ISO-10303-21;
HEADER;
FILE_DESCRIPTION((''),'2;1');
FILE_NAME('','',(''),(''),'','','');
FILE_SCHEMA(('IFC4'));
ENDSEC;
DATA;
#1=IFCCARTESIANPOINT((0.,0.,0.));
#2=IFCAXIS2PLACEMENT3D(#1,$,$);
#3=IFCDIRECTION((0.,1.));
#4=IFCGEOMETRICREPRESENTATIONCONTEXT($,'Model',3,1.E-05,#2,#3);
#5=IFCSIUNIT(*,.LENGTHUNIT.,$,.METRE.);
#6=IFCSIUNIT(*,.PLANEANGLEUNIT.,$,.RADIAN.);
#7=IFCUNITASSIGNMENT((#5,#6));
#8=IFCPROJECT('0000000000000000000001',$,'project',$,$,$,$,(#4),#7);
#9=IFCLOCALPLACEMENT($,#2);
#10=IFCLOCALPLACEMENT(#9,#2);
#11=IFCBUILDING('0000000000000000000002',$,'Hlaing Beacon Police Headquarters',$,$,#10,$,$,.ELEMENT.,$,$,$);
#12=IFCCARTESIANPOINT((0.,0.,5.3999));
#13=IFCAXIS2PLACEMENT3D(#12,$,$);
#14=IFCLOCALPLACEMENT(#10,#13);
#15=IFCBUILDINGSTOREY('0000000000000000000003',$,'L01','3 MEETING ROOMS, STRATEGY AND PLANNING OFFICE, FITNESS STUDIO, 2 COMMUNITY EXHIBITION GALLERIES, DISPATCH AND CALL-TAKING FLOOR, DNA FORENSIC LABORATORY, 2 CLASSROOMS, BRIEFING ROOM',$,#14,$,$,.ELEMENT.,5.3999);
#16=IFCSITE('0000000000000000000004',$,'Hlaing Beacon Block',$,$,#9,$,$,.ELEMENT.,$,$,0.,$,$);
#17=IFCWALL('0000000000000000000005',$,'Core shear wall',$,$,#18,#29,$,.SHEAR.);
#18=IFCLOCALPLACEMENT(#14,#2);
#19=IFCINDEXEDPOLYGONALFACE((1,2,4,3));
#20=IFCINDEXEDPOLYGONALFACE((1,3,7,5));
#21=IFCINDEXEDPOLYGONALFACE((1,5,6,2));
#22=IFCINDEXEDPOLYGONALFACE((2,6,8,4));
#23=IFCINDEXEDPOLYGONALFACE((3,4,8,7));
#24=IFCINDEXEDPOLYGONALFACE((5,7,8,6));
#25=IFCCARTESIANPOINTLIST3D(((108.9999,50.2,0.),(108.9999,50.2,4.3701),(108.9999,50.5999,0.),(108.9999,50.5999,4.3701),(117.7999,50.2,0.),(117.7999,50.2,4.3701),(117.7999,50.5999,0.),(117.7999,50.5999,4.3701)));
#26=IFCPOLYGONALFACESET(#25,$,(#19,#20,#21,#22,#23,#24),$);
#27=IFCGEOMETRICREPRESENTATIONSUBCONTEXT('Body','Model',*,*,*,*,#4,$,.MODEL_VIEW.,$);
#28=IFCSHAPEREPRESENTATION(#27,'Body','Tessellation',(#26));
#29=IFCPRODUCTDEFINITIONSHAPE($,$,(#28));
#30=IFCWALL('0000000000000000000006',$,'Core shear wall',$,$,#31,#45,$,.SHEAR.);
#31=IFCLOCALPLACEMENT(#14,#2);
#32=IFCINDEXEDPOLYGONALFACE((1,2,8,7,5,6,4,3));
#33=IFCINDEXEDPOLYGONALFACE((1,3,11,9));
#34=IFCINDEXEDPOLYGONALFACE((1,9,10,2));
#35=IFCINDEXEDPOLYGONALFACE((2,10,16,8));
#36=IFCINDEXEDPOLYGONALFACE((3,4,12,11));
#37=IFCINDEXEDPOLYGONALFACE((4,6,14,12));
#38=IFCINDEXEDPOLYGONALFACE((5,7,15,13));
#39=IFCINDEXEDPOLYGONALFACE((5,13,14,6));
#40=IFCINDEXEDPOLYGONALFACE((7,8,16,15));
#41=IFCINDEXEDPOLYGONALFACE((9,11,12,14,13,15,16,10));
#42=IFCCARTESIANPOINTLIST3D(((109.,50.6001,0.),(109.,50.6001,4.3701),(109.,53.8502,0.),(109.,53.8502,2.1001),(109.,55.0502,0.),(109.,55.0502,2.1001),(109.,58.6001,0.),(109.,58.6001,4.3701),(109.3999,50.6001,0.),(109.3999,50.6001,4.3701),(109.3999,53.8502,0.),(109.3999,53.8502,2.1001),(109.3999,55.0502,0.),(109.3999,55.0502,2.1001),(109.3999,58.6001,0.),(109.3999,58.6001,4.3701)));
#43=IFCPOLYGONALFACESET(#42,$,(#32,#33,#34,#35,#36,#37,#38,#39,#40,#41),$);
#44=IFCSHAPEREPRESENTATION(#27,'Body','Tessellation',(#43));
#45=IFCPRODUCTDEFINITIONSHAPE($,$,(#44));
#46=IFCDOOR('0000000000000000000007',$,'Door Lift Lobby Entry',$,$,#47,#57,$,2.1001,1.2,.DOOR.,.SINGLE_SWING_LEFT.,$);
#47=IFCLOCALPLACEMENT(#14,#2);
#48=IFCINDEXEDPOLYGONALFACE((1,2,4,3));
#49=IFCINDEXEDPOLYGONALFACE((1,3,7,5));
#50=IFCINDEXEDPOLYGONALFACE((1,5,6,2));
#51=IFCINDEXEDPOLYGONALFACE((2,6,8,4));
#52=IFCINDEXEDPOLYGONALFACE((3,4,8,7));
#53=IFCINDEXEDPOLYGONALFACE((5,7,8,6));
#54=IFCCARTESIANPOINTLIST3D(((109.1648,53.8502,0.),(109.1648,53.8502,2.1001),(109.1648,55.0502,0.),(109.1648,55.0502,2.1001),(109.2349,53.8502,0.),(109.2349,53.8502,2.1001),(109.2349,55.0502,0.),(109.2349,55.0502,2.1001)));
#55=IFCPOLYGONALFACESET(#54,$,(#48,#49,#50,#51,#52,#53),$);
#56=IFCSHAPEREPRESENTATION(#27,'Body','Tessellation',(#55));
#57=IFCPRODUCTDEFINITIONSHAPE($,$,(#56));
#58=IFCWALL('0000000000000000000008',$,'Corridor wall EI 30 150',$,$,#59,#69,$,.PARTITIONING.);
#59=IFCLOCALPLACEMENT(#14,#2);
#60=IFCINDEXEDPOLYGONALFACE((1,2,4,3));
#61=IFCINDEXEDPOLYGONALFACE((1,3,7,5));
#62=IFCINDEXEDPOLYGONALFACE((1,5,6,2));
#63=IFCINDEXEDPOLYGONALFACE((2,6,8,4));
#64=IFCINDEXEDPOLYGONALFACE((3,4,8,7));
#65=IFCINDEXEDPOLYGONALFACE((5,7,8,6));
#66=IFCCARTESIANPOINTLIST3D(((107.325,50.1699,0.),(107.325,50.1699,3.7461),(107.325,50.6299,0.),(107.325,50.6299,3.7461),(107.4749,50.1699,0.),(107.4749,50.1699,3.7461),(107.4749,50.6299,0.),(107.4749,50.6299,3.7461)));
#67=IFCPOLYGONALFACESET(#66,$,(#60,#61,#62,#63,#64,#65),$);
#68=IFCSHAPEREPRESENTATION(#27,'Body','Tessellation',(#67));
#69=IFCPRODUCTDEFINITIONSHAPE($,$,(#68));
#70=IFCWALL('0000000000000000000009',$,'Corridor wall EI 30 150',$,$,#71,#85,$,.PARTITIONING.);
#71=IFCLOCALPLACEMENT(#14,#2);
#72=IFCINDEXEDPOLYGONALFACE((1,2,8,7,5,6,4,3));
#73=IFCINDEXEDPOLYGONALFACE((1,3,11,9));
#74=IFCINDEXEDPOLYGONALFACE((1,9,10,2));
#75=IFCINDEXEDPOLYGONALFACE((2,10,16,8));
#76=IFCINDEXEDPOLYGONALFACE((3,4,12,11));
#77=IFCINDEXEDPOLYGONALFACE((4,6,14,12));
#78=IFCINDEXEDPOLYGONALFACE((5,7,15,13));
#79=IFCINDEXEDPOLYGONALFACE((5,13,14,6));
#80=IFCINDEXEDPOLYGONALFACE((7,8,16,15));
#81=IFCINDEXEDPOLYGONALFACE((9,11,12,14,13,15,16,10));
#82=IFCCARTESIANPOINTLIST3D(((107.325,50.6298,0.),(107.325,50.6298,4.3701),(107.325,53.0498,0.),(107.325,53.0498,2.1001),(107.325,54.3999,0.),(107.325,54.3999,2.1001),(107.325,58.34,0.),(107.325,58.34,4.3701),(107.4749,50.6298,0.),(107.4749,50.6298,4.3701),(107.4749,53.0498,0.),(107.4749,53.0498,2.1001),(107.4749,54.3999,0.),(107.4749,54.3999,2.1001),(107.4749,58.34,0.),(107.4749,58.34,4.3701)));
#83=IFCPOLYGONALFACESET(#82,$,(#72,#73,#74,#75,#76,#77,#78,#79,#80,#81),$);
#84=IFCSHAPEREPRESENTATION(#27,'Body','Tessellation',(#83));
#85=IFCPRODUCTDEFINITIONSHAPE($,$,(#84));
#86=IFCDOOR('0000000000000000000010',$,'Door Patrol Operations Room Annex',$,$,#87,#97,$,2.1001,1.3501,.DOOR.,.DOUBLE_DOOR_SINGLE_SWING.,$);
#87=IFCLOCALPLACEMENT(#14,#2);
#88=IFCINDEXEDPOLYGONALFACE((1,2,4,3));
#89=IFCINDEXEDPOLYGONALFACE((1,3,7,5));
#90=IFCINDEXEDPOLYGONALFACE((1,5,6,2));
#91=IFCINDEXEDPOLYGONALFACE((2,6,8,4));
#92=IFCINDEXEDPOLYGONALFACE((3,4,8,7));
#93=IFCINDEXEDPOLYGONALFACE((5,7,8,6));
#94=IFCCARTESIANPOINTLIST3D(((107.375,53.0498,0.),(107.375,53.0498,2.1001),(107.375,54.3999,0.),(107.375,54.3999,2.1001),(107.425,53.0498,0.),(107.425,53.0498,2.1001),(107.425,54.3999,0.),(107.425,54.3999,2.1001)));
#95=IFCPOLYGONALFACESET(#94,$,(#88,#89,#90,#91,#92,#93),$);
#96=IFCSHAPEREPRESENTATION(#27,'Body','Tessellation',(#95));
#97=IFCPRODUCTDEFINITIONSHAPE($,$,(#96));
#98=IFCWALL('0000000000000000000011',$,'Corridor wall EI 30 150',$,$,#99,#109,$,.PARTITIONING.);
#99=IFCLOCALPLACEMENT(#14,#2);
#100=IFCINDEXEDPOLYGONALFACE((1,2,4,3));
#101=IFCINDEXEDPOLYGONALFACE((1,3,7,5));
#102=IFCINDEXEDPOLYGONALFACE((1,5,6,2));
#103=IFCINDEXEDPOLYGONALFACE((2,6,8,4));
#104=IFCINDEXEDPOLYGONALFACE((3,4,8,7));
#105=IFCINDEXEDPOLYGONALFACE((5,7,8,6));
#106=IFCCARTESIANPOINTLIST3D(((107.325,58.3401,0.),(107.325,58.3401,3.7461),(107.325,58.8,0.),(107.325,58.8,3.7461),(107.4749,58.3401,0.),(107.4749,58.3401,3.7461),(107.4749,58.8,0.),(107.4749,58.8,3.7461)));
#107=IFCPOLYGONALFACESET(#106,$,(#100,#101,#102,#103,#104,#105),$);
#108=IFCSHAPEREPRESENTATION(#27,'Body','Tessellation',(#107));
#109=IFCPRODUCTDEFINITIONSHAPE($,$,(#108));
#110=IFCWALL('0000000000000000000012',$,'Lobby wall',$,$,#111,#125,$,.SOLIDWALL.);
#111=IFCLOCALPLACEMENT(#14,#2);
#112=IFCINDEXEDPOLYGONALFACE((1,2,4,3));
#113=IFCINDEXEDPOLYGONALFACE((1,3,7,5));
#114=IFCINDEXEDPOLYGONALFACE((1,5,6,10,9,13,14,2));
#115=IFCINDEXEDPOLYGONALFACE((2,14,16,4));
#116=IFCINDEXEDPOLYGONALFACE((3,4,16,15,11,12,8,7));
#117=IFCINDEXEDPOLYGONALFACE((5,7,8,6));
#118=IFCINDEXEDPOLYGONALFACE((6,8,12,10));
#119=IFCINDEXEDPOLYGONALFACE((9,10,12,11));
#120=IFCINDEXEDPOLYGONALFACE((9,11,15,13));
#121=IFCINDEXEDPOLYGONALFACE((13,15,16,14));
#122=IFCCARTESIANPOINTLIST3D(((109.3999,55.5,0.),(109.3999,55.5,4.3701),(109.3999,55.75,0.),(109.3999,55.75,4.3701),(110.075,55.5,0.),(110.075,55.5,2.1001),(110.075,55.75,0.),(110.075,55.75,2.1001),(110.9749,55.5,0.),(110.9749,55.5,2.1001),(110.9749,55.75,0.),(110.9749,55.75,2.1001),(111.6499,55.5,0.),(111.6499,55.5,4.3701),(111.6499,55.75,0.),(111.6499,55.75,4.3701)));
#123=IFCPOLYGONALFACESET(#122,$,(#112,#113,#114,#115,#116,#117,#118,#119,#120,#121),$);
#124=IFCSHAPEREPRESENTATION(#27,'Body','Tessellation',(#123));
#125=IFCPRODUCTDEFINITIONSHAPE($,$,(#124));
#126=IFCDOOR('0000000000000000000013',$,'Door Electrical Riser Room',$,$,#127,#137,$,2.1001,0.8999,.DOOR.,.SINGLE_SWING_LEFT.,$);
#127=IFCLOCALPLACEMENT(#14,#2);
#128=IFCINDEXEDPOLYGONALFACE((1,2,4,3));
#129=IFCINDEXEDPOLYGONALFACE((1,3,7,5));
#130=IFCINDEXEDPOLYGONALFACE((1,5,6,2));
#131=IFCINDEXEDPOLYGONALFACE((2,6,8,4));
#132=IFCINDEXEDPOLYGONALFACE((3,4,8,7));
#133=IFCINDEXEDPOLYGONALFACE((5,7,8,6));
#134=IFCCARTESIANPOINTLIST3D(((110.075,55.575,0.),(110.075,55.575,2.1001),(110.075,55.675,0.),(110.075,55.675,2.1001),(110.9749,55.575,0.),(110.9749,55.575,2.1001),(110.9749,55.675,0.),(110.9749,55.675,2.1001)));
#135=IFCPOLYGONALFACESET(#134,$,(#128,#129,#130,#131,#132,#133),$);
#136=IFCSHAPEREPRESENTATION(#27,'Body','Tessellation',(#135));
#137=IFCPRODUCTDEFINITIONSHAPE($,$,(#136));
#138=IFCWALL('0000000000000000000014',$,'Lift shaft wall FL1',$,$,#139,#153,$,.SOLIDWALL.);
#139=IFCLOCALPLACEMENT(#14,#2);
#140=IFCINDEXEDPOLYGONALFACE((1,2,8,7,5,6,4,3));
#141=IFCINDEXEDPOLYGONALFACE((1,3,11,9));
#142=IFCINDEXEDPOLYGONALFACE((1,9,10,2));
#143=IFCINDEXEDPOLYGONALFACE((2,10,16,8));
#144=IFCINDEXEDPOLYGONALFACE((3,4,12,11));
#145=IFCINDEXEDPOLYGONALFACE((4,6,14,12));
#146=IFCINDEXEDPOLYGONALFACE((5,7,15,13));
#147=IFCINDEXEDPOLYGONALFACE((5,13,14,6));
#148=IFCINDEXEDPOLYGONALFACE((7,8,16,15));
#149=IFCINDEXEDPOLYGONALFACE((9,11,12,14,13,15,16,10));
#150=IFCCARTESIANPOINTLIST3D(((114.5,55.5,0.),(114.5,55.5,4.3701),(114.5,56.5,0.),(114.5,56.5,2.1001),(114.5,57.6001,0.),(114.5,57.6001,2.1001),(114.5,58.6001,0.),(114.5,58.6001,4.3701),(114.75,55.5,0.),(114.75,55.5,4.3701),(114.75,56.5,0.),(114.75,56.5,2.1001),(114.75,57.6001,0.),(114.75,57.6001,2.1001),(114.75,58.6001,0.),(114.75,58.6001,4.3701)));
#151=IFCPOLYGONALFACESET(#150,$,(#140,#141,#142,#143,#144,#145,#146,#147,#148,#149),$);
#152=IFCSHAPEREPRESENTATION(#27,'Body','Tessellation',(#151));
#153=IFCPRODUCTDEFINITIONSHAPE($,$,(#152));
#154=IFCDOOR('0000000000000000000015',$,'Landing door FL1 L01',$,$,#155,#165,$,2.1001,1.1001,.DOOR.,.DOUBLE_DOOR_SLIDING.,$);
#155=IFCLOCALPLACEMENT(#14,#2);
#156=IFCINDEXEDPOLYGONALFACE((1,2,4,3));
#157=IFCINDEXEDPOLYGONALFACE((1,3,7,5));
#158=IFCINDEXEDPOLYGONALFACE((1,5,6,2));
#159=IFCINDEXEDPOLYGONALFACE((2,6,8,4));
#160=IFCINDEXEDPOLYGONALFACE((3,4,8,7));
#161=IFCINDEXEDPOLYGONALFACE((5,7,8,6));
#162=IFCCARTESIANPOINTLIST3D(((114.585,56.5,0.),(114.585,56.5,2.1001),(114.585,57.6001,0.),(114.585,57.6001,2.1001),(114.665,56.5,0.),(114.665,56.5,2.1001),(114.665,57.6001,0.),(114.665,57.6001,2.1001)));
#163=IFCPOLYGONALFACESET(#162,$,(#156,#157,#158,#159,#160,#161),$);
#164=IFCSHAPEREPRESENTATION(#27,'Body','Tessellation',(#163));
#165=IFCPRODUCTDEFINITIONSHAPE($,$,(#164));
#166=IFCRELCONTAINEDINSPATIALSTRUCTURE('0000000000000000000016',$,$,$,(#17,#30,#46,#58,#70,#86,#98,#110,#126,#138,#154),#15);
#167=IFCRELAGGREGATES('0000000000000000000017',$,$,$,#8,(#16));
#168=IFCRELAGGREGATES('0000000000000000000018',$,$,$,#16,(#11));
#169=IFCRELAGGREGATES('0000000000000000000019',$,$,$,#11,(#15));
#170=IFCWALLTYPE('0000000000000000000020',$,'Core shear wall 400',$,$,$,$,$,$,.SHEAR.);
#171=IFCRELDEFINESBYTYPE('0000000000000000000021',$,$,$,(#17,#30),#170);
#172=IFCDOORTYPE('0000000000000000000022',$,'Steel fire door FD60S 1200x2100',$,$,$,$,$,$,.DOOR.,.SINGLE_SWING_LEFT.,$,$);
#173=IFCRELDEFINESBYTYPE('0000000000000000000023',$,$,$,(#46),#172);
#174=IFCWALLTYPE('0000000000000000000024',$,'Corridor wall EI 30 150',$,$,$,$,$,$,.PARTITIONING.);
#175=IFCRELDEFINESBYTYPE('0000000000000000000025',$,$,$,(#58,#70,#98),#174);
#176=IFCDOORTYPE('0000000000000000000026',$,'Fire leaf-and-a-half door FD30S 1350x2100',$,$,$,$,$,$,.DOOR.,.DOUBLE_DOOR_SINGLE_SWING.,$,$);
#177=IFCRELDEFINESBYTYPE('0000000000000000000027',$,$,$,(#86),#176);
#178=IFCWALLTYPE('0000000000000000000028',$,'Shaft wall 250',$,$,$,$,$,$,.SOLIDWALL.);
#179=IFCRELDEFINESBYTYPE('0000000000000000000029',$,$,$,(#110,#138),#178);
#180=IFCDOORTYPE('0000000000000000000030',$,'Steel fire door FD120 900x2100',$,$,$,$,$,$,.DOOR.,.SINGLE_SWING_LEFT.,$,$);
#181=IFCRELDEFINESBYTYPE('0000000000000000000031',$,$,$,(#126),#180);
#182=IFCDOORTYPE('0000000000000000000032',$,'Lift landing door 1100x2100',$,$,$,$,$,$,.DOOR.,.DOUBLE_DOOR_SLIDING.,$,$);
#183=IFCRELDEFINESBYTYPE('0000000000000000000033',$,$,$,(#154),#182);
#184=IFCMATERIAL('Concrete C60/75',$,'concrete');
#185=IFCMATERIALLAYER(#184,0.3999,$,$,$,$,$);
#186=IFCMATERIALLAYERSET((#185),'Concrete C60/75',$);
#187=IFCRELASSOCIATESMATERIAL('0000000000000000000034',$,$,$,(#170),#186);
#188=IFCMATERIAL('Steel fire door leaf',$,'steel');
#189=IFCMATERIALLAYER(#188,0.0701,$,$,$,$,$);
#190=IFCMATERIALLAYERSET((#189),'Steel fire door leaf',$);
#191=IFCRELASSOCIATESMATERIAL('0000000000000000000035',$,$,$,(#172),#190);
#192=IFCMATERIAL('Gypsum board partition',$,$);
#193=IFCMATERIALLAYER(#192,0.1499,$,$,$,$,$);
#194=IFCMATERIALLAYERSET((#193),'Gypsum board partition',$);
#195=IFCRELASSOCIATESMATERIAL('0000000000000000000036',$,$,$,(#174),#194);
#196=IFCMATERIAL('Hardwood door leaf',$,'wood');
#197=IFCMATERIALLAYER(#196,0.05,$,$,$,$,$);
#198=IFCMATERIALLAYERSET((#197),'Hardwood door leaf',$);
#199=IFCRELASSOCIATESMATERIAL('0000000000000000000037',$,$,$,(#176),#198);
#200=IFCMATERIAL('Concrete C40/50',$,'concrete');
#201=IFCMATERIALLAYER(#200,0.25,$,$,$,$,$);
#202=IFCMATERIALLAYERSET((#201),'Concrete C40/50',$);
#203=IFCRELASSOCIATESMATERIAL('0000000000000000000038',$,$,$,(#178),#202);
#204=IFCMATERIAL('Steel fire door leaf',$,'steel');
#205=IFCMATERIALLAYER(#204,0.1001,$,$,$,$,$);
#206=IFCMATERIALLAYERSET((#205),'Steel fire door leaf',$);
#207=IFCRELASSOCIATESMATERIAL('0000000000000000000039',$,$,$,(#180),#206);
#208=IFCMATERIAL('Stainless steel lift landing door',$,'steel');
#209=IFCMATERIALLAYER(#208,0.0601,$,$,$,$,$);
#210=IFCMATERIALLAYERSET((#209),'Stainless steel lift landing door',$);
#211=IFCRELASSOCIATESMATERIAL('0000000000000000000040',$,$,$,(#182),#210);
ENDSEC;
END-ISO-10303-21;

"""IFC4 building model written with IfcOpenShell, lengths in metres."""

from ifc_helpers import new_model, si_unit, direction, frame, frame_2d, origin, place, context, subcontext, project, spatial, rectangle, extrude, material, layer, layer_set, type_object, element, fill, save


model = new_model("IFC4")

# Units and contexts
model_context = context("Model", 3, precision=1e-05, world=origin(), true_north=direction((0.0, 1.0)))
body_context = subcontext(model_context, "Body", "Model", "MODEL_VIEW")
ifc_project = project(units=[si_unit("LENGTHUNIT", "METRE"), si_unit("PLANEANGLEUNIT", "RADIAN")], contexts=[model_context])

# Site, building, storey
site_placement = place(None, origin())
site = spatial("IfcSite", under=ifc_project, at=site_placement, Name="Hlaing Beacon Block", CompositionType="ELEMENT", RefElevation=0.0)
building_placement = place(site_placement, origin())
building = spatial("IfcBuilding", under=site, at=building_placement, Name="Hlaing Beacon Police Headquarters", CompositionType="ELEMENT")
storey_placement = place(building_placement, frame((0.0, 0.0, 5.3999)))
storey = spatial("IfcBuildingStorey", under=building, at=storey_placement, Name="L01", Description="3 MEETING ROOMS, STRATEGY AND PLANNING OFFICE, FITNESS STUDIO, 2 COMMUNITY EXHIBITION GALLERIES, DISPATCH AND CALL-TAKING FLOOR, DNA FORENSIC LABORATORY, 2 CLASSROOMS, BRIEFING ROOM", CompositionType="ELEMENT", Elevation=5.3999)

# Wall
ifc_material_1 = material(Name="Concrete C60/75", Category="concrete")
ifc_layer_1 = layer(ifc_material_1, 0.3999)
ifc_layer_set_1 = layer_set([ifc_layer_1], Name="Concrete C60/75")
wall_type_1 = type_object("IfcWallType", Name="Core shear wall 400", PredefinedType="SHEAR", material=ifc_layer_set_1)
wall_1_placement = place(storey_placement, frame((109.0, 50.3999, 0.0), z_axis=(0.0, 0.0, 1.0), x_axis=(1.0, 0.0, 0.0)))
element("IfcWall", 1, at=wall_1_placement, inside=storey, type_object=wall_type_1, Name="Core shear wall", PredefinedType="SHEAR", context=body_context, shape_type="SweptSolid", body=[
    extrude(rectangle(XDim=8.8, YDim=0.3999, at=frame_2d((4.3999, 0.0))), origin(), (0.0, 0.0, 1.0), 4.3701),
])

# Wall, opening, door
wall_2_placement = place(storey_placement, frame((109.2, 50.6001, 0.0), z_axis=(0.0, 0.0, 1.0), x_axis=(0.0, 1.0, 0.0)))
wall_2 = element("IfcWall", 2, at=wall_2_placement, inside=storey, type_object=wall_type_1, Name="Core shear wall", PredefinedType="SHEAR", context=body_context, shape_type="SweptSolid", body=[
    extrude(rectangle(XDim=8.0, YDim=0.3999, at=frame_2d((4.0, 0.0))), origin(), (0.0, 0.0, 1.0), 4.3701),
])
opening_1_placement = place(wall_2_placement, frame((3.25, 0.0, 0.0)))
opening_1 = element("IfcOpeningElement", 3, at=opening_1_placement, cuts=wall_2, PredefinedType="OPENING", context=body_context, shape_type="SweptSolid", body=[
    extrude(rectangle(XDim=1.2, YDim=2.1001, at=frame_2d((0.6001, 1.05))), frame((0.0, 0.21, 0.0), z_axis=(0.0, -1.0, 0.0), x_axis=(1.0, 0.0, 0.0)), (0.0, 0.0, 1.0), 0.4199),
])
ifc_material_2 = material(Name="Steel fire door leaf", Category="steel")
ifc_layer_2 = layer(ifc_material_2, 0.0701)
ifc_layer_set_2 = layer_set([ifc_layer_2], Name="Steel fire door leaf")
door_type_1 = type_object("IfcDoorType", Name="Steel fire door FD60S 1200x2100", OperationType="SINGLE_SWING_LEFT", PredefinedType="DOOR", material=ifc_layer_set_2)
door_1_placement = place(opening_1_placement, frame((1.2, 0.0, 0.0), z_axis=(0.0, 0.0, 1.0), x_axis=(-1.0, 0.0, 0.0)))
door_1 = element("IfcDoor", 4, at=door_1_placement, inside=storey, type_object=door_type_1, Name="Door Lift Lobby Entry", OperationType="SINGLE_SWING_LEFT", OverallHeight=2.1001, OverallWidth=1.2, PredefinedType="DOOR", context=body_context, shape_type="SweptSolid", body=[
    extrude(rectangle(XDim=1.2, YDim=2.1001, at=frame_2d((0.5999, 1.05))), frame((0.0, 0.0349, 0.0), z_axis=(0.0, -1.0, 0.0), x_axis=(1.0, 0.0, 0.0)), (0.0, 0.0, 1.0), 0.0701),
])
fill(opening_1, door_1)

# Wall
ifc_material_3 = material(Name="Gypsum board partition")
ifc_layer_3 = layer(ifc_material_3, 0.1499)
ifc_layer_set_3 = layer_set([ifc_layer_3], Name="Gypsum board partition")
wall_type_2 = type_object("IfcWallType", Name="Corridor wall EI 30 150", PredefinedType="PARTITIONING", material=ifc_layer_set_3)
wall_3_placement = place(storey_placement, frame((107.3999, 50.1699, 0.0), z_axis=(0.0, 0.0, 1.0), x_axis=(0.0, 1.0, 0.0)))
element("IfcWall", 5, at=wall_3_placement, inside=storey, type_object=wall_type_2, Name="Corridor wall EI 30 150", PredefinedType="PARTITIONING", context=body_context, shape_type="SweptSolid", body=[
    extrude(rectangle(XDim=0.46, YDim=0.1499, at=frame_2d((0.23, 0.0))), origin(), (0.0, 0.0, 1.0), 3.7461),
])

# Wall, opening, door
wall_4_placement = place(storey_placement, frame((107.3999, 50.6299, 0.0), z_axis=(0.0, 0.0, 1.0), x_axis=(0.0, 1.0, 0.0)))
wall_4 = element("IfcWall", 6, at=wall_4_placement, inside=storey, type_object=wall_type_2, Name="Corridor wall EI 30 150", PredefinedType="PARTITIONING", context=body_context, shape_type="SweptSolid", body=[
    extrude(rectangle(XDim=7.7102, YDim=0.1499, at=frame_2d((3.855, 0.0))), origin(), (0.0, 0.0, 1.0), 4.3701),
])
opening_2_placement = place(wall_4_placement, frame((2.4199, 0.0, 0.0)))
opening_2 = element("IfcOpeningElement", 7, at=opening_2_placement, cuts=wall_4, PredefinedType="OPENING", context=body_context, shape_type="SweptSolid", body=[
    extrude(rectangle(XDim=1.3501, YDim=2.1001, at=frame_2d((0.675, 1.05))), frame((0.0, 0.085, 0.0), z_axis=(0.0, -1.0, 0.0), x_axis=(1.0, 0.0, 0.0)), (0.0, 0.0, 1.0), 0.1699),
])
ifc_material_4 = material(Name="Hardwood door leaf", Category="wood")
ifc_layer_4 = layer(ifc_material_4, 0.05)
ifc_layer_set_4 = layer_set([ifc_layer_4], Name="Hardwood door leaf")
door_type_2 = type_object("IfcDoorType", Name="Fire leaf-and-a-half door FD30S 1350x2100", OperationType="DOUBLE_DOOR_SINGLE_SWING", PredefinedType="DOOR", material=ifc_layer_set_4)
door_2_placement = place(opening_2_placement, origin())
door_2 = element("IfcDoor", 8, at=door_2_placement, inside=storey, type_object=door_type_2, Name="Door Patrol Operations Room Annex", OperationType="DOUBLE_DOOR_SINGLE_SWING", OverallHeight=2.1001, OverallWidth=1.3501, PredefinedType="DOOR", context=body_context, shape_type="SweptSolid", body=[
    extrude(rectangle(XDim=1.3501, YDim=2.1001, at=frame_2d((0.675, 1.05))), frame((0.0, 0.0249, 0.0), z_axis=(0.0, -1.0, 0.0), x_axis=(1.0, 0.0, 0.0)), (0.0, 0.0, 1.0), 0.05),
])
fill(opening_2, door_2)

# Wall
wall_5_placement = place(storey_placement, frame((107.3999, 58.3401, 0.0), z_axis=(0.0, 0.0, 1.0), x_axis=(0.0, 1.0, 0.0)))
element("IfcWall", 9, at=wall_5_placement, inside=storey, type_object=wall_type_2, Name="Corridor wall EI 30 150", PredefinedType="PARTITIONING", context=body_context, shape_type="SweptSolid", body=[
    extrude(rectangle(XDim=0.46, YDim=0.1499, at=frame_2d((0.23, 0.0))), origin(), (0.0, 0.0, 1.0), 3.7461),
])

# Walls, openings, doors
ifc_material_5 = material(Name="Concrete C40/50", Category="concrete")
ifc_layer_5 = layer(ifc_material_5, 0.25)
ifc_layer_set_5 = layer_set([ifc_layer_5], Name="Concrete C40/50")
wall_type_3 = type_object("IfcWallType", Name="Shaft wall 250", PredefinedType="SOLIDWALL", material=ifc_layer_set_5)
wall_6_placement = place(storey_placement, frame((109.3999, 55.625, 0.0), z_axis=(0.0, 0.0, 1.0), x_axis=(1.0, 0.0, 0.0)))
wall_6 = element("IfcWall", 10, at=wall_6_placement, inside=storey, type_object=wall_type_3, Name="Lobby wall", PredefinedType="SOLIDWALL", context=body_context, shape_type="SweptSolid", body=[
    extrude(rectangle(XDim=2.25, YDim=0.25, at=frame_2d((1.125, 0.0))), origin(), (0.0, 0.0, 1.0), 4.3701),
])
opening_3_placement = place(wall_6_placement, frame((0.675, 0.0, 0.0)))
opening_3 = element("IfcOpeningElement", 11, at=opening_3_placement, cuts=wall_6, PredefinedType="OPENING", context=body_context, shape_type="SweptSolid", body=[
    extrude(rectangle(XDim=0.8999, YDim=2.1001, at=frame_2d((0.45, 1.05))), frame((0.0, 0.135, 0.0), z_axis=(0.0, -1.0, 0.0), x_axis=(1.0, 0.0, 0.0)), (0.0, 0.0, 1.0), 0.27),
])
ifc_material_6 = material(Name="Steel fire door leaf", Category="steel")
ifc_layer_6 = layer(ifc_material_6, 0.1001)
ifc_layer_set_6 = layer_set([ifc_layer_6], Name="Steel fire door leaf")
door_type_3 = type_object("IfcDoorType", Name="Steel fire door FD120 900x2100", OperationType="SINGLE_SWING_LEFT", PredefinedType="DOOR", material=ifc_layer_set_6)
door_3_placement = place(opening_3_placement, origin())
door_3 = element("IfcDoor", 12, at=door_3_placement, inside=storey, type_object=door_type_3, Name="Door Electrical Riser Room", OperationType="SINGLE_SWING_LEFT", OverallHeight=2.1001, OverallWidth=0.8999, PredefinedType="DOOR", context=body_context, shape_type="SweptSolid", body=[
    extrude(rectangle(XDim=0.8999, YDim=2.1001, at=frame_2d((0.45, 1.05))), frame((0.0, 0.05, 0.0), z_axis=(0.0, -1.0, 0.0), x_axis=(1.0, 0.0, 0.0)), (0.0, 0.0, 1.0), 0.1001),
])
fill(opening_3, door_3)
wall_7_placement = place(storey_placement, frame((114.625, 55.5, 0.0), z_axis=(0.0, 0.0, 1.0), x_axis=(0.0, 1.0, 0.0)))
wall_7 = element("IfcWall", 13, at=wall_7_placement, inside=storey, type_object=wall_type_3, Name="Lift shaft wall FL1", PredefinedType="SOLIDWALL", context=body_context, shape_type="SweptSolid", body=[
    extrude(rectangle(XDim=3.1001, YDim=0.25, at=frame_2d((1.55, 0.0))), origin(), (0.0, 0.0, 1.0), 4.3701),
])
opening_4_placement = place(wall_7_placement, frame((1.0, 0.0, 0.0)))
opening_4 = element("IfcOpeningElement", 14, at=opening_4_placement, cuts=wall_7, PredefinedType="OPENING", context=body_context, shape_type="SweptSolid", body=[
    extrude(rectangle(XDim=1.1001, YDim=2.1001, at=frame_2d((0.55, 1.05))), frame((0.0, 0.135, 0.0), z_axis=(0.0, -1.0, 0.0), x_axis=(1.0, 0.0, 0.0)), (0.0, 0.0, 1.0), 0.27),
])
ifc_material_7 = material(Name="Stainless steel lift landing door", Category="steel")
ifc_layer_7 = layer(ifc_material_7, 0.0601)
ifc_layer_set_7 = layer_set([ifc_layer_7], Name="Stainless steel lift landing door")
door_type_4 = type_object("IfcDoorType", Name="Lift landing door 1100x2100", OperationType="DOUBLE_DOOR_SLIDING", PredefinedType="DOOR", material=ifc_layer_set_7)
door_4_placement = place(opening_4_placement, origin())
door_4 = element("IfcDoor", 15, at=door_4_placement, inside=storey, type_object=door_type_4, Name="Landing door FL1 L01", OperationType="DOUBLE_DOOR_SLIDING", OverallHeight=2.1001, OverallWidth=1.1001, PredefinedType="DOOR", context=body_context, shape_type="SweptSolid", body=[
    extrude(rectangle(XDim=1.1001, YDim=2.1001, at=frame_2d((0.55, 1.05))), frame((0.0, 0.04, 0.0), z_axis=(0.0, -1.0, 0.0), x_axis=(1.0, 0.0, 0.0)), (0.0, 0.0, 1.0), 0.0801),
])
fill(opening_4, door_4)

save(model, "model.ifc")
